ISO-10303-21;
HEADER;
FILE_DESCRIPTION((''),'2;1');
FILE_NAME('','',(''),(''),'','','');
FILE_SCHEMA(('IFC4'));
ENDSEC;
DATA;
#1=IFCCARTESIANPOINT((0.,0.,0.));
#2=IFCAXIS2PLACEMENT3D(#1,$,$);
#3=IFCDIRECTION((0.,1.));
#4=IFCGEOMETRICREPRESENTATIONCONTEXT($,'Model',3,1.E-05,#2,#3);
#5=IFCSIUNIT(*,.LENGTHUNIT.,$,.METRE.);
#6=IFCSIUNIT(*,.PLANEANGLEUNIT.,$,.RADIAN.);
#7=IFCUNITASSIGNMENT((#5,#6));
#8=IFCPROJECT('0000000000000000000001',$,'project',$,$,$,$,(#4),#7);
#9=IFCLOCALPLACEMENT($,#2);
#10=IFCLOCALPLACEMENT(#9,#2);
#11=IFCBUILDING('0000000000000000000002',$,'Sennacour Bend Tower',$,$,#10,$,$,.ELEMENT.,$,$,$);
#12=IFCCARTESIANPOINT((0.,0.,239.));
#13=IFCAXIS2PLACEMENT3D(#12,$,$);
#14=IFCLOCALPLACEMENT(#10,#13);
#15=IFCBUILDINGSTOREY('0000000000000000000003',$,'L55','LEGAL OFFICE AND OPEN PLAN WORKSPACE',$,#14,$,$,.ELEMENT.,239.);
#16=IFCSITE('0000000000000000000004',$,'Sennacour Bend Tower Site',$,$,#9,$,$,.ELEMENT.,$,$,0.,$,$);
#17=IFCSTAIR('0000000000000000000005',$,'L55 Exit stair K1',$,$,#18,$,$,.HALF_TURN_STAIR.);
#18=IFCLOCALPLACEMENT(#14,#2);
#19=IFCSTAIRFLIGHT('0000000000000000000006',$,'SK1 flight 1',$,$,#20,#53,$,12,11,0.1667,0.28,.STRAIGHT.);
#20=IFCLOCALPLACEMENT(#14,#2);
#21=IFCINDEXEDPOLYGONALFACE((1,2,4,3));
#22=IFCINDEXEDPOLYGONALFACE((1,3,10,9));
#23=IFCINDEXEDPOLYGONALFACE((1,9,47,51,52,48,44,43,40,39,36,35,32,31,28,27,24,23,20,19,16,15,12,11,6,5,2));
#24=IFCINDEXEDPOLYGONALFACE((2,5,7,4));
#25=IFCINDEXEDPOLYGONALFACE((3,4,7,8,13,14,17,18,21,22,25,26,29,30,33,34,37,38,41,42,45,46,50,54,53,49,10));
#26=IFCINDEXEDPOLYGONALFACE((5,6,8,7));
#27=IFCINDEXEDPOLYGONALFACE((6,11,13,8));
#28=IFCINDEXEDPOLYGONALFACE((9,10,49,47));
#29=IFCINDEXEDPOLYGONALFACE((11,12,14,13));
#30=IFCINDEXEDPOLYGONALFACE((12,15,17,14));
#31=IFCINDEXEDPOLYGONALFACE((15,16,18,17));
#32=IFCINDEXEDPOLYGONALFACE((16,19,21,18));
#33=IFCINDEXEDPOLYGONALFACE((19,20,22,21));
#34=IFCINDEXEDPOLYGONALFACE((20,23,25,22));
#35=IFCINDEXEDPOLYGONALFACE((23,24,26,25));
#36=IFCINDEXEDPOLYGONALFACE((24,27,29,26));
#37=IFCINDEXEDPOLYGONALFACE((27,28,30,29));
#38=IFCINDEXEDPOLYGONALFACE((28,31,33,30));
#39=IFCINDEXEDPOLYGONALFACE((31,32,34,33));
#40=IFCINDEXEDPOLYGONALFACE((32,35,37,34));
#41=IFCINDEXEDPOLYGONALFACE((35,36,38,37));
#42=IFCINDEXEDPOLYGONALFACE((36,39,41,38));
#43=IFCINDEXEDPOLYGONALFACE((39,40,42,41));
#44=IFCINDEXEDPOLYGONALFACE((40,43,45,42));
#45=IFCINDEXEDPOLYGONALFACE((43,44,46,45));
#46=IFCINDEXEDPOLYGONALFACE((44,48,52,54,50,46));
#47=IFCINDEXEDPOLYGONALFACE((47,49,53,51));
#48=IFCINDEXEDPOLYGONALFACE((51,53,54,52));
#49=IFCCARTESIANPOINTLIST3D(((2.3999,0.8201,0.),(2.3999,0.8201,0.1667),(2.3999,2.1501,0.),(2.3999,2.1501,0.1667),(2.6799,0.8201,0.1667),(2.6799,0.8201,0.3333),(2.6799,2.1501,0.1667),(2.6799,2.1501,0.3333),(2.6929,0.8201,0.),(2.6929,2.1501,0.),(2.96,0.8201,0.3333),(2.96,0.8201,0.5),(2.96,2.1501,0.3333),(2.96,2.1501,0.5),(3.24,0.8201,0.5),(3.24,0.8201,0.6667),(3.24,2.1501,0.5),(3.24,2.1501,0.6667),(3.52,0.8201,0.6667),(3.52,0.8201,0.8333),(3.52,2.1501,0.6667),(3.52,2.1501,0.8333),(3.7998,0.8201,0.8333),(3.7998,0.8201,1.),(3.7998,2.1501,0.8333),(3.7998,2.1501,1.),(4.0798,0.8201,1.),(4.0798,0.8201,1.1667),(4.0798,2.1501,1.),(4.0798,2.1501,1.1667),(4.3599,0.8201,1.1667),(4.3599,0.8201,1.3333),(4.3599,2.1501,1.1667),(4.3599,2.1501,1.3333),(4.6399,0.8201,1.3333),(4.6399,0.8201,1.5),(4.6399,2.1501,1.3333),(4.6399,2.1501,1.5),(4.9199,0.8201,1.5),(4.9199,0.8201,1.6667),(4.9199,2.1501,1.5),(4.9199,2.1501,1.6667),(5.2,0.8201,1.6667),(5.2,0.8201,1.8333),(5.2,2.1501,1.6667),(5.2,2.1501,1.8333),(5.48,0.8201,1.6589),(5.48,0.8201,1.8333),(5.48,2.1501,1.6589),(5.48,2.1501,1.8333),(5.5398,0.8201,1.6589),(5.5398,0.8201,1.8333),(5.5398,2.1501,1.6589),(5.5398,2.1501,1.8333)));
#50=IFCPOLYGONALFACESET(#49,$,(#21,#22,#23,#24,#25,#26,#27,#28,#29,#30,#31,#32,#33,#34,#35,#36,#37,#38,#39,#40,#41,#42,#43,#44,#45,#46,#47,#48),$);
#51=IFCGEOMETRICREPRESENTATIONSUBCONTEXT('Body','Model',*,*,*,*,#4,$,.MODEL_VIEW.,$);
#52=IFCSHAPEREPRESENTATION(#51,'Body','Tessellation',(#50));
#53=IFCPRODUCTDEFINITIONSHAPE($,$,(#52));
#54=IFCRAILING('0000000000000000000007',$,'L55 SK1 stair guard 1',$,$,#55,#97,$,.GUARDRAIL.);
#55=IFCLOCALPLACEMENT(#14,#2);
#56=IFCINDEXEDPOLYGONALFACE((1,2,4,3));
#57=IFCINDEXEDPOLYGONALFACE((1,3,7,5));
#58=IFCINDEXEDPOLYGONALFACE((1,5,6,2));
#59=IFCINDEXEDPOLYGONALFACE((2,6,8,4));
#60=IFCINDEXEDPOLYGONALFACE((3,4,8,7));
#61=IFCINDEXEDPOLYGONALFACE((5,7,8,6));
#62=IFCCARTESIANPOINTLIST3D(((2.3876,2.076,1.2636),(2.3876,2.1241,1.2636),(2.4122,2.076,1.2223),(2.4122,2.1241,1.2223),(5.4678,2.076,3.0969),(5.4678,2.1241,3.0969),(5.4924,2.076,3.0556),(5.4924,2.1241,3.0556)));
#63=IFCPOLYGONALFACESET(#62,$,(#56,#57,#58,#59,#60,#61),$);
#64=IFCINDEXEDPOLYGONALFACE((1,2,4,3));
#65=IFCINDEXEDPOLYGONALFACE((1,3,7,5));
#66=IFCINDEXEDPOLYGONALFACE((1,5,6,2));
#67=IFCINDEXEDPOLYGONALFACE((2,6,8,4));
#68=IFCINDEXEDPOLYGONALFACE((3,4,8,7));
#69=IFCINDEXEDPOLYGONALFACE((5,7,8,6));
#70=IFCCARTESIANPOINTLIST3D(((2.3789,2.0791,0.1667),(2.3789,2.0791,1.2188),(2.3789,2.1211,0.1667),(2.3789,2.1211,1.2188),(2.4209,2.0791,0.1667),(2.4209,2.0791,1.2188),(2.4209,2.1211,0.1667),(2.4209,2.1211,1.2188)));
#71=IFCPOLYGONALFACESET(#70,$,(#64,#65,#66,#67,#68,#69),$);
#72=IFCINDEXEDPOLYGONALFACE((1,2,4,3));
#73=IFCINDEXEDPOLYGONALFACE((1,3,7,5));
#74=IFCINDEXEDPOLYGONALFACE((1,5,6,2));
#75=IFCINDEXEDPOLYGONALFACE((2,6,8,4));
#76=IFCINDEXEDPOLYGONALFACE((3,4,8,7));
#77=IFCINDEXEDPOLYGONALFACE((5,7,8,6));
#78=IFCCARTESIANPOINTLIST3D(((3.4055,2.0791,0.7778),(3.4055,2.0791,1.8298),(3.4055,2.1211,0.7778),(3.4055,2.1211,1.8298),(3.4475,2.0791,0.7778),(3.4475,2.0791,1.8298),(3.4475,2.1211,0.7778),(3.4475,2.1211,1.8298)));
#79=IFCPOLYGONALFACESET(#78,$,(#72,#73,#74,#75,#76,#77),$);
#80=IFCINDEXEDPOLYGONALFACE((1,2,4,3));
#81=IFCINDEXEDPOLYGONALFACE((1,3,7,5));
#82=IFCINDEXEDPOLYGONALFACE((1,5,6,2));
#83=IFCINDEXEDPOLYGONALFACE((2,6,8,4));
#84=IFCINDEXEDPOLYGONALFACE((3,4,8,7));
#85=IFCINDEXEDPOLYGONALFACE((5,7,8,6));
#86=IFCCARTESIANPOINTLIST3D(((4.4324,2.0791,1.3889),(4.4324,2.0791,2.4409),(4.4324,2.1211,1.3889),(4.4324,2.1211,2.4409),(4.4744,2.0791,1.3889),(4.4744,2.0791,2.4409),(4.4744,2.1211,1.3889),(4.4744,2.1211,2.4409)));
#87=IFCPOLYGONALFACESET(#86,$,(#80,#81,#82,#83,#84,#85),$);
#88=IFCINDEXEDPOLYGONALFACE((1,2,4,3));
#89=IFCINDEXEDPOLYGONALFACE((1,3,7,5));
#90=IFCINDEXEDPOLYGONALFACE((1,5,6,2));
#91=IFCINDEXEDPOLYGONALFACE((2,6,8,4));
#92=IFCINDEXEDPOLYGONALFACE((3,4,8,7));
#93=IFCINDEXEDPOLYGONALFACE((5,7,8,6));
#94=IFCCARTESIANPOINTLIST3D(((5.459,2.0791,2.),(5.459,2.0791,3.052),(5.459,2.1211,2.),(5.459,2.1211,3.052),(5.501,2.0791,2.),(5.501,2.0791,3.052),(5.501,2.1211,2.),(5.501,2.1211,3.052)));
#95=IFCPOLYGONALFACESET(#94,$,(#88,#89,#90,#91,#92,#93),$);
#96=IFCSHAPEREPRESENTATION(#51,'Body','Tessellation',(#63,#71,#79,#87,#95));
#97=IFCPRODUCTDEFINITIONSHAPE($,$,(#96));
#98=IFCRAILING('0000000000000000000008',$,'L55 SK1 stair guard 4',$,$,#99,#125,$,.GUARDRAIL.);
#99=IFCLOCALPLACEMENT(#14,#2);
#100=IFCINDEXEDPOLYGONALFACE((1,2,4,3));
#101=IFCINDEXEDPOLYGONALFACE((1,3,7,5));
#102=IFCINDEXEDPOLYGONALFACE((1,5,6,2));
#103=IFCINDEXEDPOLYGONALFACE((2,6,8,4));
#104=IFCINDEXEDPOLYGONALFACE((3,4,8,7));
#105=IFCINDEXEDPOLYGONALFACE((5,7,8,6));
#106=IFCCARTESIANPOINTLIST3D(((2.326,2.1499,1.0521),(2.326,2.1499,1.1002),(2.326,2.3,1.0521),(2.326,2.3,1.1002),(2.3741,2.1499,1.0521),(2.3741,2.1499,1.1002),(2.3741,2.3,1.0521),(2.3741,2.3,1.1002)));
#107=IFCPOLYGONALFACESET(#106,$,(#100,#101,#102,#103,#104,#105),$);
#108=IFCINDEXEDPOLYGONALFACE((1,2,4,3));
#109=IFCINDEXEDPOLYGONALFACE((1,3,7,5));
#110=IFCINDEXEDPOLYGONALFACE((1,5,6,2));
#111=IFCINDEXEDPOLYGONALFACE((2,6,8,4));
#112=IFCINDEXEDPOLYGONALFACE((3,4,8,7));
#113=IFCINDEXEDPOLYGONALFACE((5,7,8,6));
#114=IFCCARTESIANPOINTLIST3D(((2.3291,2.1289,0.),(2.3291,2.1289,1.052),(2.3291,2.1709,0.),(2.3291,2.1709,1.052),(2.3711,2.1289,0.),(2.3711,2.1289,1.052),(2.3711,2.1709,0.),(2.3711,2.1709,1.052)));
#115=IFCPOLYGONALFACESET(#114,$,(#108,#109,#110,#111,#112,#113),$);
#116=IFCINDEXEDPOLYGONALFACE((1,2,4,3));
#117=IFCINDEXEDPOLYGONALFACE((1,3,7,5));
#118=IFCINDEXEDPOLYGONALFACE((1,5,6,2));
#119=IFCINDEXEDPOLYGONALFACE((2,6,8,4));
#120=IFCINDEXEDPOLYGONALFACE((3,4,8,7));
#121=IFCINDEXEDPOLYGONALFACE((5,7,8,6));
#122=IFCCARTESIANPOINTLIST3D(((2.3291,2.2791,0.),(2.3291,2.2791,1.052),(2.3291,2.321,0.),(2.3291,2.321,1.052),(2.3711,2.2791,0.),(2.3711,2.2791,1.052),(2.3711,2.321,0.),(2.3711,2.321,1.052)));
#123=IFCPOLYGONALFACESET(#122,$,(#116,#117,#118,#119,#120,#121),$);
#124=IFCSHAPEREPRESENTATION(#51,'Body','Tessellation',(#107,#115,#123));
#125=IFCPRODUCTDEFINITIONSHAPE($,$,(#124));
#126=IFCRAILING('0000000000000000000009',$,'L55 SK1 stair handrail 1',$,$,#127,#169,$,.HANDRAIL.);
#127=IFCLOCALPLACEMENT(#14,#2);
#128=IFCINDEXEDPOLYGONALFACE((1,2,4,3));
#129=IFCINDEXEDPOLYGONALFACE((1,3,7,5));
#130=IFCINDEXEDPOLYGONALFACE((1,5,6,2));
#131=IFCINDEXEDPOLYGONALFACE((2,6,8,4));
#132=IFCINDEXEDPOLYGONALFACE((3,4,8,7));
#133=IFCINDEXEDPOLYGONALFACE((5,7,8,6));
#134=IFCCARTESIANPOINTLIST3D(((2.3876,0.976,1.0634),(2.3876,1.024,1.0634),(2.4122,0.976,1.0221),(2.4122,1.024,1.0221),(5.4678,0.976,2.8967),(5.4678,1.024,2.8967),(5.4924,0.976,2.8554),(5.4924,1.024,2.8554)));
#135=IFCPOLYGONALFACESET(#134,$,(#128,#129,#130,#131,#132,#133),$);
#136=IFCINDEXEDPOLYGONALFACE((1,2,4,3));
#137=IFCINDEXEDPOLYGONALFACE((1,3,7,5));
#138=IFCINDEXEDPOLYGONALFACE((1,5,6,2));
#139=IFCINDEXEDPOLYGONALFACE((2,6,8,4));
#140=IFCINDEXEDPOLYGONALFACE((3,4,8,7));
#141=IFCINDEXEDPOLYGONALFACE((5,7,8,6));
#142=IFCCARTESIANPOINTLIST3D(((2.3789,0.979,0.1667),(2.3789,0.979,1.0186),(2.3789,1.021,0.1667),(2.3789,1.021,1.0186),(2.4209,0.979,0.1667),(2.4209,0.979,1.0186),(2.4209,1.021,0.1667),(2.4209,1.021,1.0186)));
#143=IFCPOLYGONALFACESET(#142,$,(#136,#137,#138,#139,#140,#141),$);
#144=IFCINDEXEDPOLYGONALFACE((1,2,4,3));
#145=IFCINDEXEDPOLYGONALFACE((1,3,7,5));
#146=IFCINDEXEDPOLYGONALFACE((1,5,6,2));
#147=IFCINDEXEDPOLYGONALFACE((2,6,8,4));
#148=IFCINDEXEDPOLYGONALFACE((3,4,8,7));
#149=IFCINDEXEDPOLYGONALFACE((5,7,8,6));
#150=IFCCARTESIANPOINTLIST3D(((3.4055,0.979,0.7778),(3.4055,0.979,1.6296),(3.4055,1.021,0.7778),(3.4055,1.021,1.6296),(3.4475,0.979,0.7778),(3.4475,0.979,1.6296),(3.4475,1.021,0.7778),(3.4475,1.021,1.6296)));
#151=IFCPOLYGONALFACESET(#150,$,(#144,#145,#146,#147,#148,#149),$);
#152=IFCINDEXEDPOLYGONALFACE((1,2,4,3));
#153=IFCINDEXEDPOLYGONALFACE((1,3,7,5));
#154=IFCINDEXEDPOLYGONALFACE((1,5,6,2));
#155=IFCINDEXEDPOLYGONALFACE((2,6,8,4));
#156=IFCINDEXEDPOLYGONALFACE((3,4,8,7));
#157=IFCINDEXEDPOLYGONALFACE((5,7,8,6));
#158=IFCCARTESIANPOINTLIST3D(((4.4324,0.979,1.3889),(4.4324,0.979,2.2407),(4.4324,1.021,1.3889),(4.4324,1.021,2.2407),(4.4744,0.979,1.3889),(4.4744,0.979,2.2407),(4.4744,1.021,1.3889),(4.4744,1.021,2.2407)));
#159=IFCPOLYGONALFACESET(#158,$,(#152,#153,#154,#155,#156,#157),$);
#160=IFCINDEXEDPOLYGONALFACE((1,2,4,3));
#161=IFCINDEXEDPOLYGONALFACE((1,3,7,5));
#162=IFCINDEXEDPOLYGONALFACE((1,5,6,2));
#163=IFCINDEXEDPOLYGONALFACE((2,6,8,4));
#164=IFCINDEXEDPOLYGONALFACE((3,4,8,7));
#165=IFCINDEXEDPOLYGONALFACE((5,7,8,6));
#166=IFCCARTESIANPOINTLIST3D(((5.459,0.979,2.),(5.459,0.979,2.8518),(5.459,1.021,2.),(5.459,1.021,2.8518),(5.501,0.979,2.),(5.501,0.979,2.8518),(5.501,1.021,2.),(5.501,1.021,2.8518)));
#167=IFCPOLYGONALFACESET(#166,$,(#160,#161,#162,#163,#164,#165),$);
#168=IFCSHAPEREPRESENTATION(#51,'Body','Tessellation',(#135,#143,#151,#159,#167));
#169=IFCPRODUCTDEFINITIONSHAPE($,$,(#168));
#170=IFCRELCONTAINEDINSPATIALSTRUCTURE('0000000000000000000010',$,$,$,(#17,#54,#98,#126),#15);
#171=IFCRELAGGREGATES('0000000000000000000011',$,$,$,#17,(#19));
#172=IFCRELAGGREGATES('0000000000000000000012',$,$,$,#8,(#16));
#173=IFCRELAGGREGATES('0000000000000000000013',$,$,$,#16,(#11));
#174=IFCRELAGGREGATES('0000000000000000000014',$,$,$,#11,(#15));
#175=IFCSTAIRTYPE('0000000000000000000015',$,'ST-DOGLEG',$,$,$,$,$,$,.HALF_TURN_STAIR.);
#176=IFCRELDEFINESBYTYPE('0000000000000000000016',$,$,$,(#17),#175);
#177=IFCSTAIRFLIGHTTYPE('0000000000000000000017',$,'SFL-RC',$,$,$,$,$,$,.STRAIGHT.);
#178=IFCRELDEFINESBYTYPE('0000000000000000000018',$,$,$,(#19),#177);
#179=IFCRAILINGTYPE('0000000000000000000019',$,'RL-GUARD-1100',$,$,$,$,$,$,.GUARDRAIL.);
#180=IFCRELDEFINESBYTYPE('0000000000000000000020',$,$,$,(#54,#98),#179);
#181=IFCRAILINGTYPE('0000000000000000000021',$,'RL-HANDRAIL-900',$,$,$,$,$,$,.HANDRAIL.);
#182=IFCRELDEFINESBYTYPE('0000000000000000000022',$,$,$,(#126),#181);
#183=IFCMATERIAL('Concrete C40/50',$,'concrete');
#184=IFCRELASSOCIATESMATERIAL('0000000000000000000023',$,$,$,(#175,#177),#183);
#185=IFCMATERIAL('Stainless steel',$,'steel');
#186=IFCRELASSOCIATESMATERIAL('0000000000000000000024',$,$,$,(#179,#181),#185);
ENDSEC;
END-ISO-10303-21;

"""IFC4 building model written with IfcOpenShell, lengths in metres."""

from ifc_helpers import new_model, si_unit, direction, frame, origin, origin_2d, place, context, subcontext, project, spatial, polyline, rectangle, outline, extrude, material, type_object, element, aggregate, save


model = new_model("IFC4")

# Units and contexts
model_context = context("Model", 3, precision=1e-05, world=origin(), true_north=direction((0.0, 1.0)))
body_context = subcontext(model_context, "Body", "Model", "MODEL_VIEW")
ifc_project = project(units=[si_unit("LENGTHUNIT", "METRE"), si_unit("PLANEANGLEUNIT", "RADIAN")], contexts=[model_context])

# Site, building, storey
site_placement = place(None, origin())
site = spatial("IfcSite", under=ifc_project, at=site_placement, Name="Sennacour Bend Tower Site", CompositionType="ELEMENT", RefElevation=0.0)
building_placement = place(site_placement, origin())
building = spatial("IfcBuilding", under=site, at=building_placement, Name="Sennacour Bend Tower", CompositionType="ELEMENT")
storey_placement = place(building_placement, frame((0.0, 0.0, 239.0)))
storey = spatial("IfcBuildingStorey", under=building, at=storey_placement, Name="L55", Description="LEGAL OFFICE AND OPEN PLAN WORKSPACE", CompositionType="ELEMENT", Elevation=239.0)

# Stair
ifc_material_1 = material(Name="Concrete C40/50", Category="concrete")
stair_type = type_object("IfcStairType", Name="ST-DOGLEG", PredefinedType="HALF_TURN_STAIR", material=ifc_material_1)
stair_1_placement = place(storey_placement, origin())
stair_1 = element("IfcStair", 1, at=stair_1_placement, inside=storey, type_object=stair_type, Name="L55 Exit stair K1", PredefinedType="HALF_TURN_STAIR")

# Stair flight
stair_flight_type = type_object("IfcStairFlightType", Name="SFL-RC", PredefinedType="STRAIGHT", material=ifc_material_1)
stair_flight_placement = place(storey_placement, frame((2.3999, 1.4851, 0.0), z_axis=(0.0, 0.0, 1.0), x_axis=(1.0, 0.0, 0.0)))
stair_flight = element("IfcStairFlight", 2, at=stair_flight_placement, type_object=stair_flight_type, Name="SK1 flight 1", NumberOfRisers=12, NumberOfTreads=11, PredefinedType="STRAIGHT", RiserHeight=0.1667, TreadLength=0.28, context=body_context, shape_type="SweptSolid", body=[
    extrude(outline(polyline([(0.0, 0.0), (0.0, 0.1667), (0.28, 0.1667), (0.28, 0.3333), (0.5601, 0.3333), (0.5601, 0.5), (0.8401, 0.5), (0.8401, 0.6667), (1.1201, 0.6667), (1.1201, 0.8333), (1.3999, 0.8333), (1.3999, 1.0), (1.6799, 1.0), (1.6799, 1.1667), (1.96, 1.1667), (1.96, 1.3333), (2.24, 1.3333), (2.24, 1.5), (2.52, 1.5), (2.52, 1.6667), (2.8, 1.6667), (2.8, 1.8333), (3.0801, 1.8333), (3.1399, 1.8333), (3.1399, 1.6589), (3.0801, 1.6589), (0.293, 0.0), (0.0, 0.0)])), frame((0.0, 0.665, 0.0), z_axis=(0.0, -1.0, 0.0), x_axis=(1.0, 0.0, 0.0)), (0.0, 0.0, 1.0), 1.3301),
])
aggregate(stair_1, [stair_flight])

# Railings
ifc_material_2 = material(Name="Stainless steel", Category="steel")
railing_type_1 = type_object("IfcRailingType", Name="RL-GUARD-1100", PredefinedType="GUARDRAIL", material=ifc_material_2)
railing_1_placement = place(storey_placement, frame((2.3999, 2.1001, 0.1667)))
element("IfcRailing", 3, at=railing_1_placement, inside=storey, type_object=railing_type_1, Name="L55 SK1 stair guard 1", PredefinedType="GUARDRAIL", context=body_context, shape_type="SweptSolid", body=[
    extrude(rectangle(XDim=0.0481, YDim=0.0481, at=origin_2d()), frame((0.0, 0.0, 1.0762), z_axis=(0.859309, 0.0, 0.511458), x_axis=(0.0, 1.0, 0.0)), (0.0, 0.0, 1.0), 3.5845),
    extrude(rectangle(XDim=0.042, YDim=0.042, at=origin_2d()), origin(), (0.0, 0.0, 1.0), 1.052),
    extrude(rectangle(XDim=0.042, YDim=0.042, at=origin_2d()), frame((1.0266, 0.0, 0.6111)), (0.0, 0.0, 1.0), 1.052),
    extrude(rectangle(XDim=0.042, YDim=0.042, at=origin_2d()), frame((2.0535, 0.0, 1.2222)), (0.0, 0.0, 1.0), 1.052),
    extrude(rectangle(XDim=0.042, YDim=0.042, at=origin_2d()), frame((3.0801, 0.0, 1.8333)), (0.0, 0.0, 1.0), 1.052),
])
railing_2_placement = place(storey_placement, frame((2.3501, 2.1499, 0.0)))
element("IfcRailing", 4, at=railing_2_placement, inside=storey, type_object=railing_type_1, Name="L55 SK1 stair guard 4", PredefinedType="GUARDRAIL", context=body_context, shape_type="SweptSolid", body=[
    extrude(rectangle(XDim=0.0481, YDim=0.0481, at=origin_2d()), frame((0.0, 0.0, 1.0762), z_axis=(0.0, 1.0, 0.0), x_axis=(-1.0, 0.0, 0.0)), (0.0, 0.0, 1.0), 0.1501),
    extrude(rectangle(XDim=0.042, YDim=0.042, at=origin_2d()), origin(), (0.0, 0.0, 1.0), 1.052),
    extrude(rectangle(XDim=0.042, YDim=0.042, at=origin_2d()), frame((0.0, 0.1501, 0.0)), (0.0, 0.0, 1.0), 1.052),
])
railing_type_2 = type_object("IfcRailingType", Name="RL-HANDRAIL-900", PredefinedType="HANDRAIL", material=ifc_material_2)
railing_3_placement = place(storey_placement, frame((2.3999, 1.0, 0.1667)))
element("IfcRailing", 5, at=railing_3_placement, inside=storey, type_object=railing_type_2, Name="L55 SK1 stair handrail 1", PredefinedType="HANDRAIL", context=body_context, shape_type="SweptSolid", body=[
    extrude(rectangle(XDim=0.0481, YDim=0.0481, at=origin_2d()), frame((0.0, 0.0, 0.876), z_axis=(0.859309, 0.0, 0.511458), x_axis=(0.0, 1.0, 0.0)), (0.0, 0.0, 1.0), 3.5845),
    extrude(rectangle(XDim=0.042, YDim=0.042, at=origin_2d()), origin(), (0.0, 0.0, 1.0), 0.8518),
    extrude(rectangle(XDim=0.042, YDim=0.042, at=origin_2d()), frame((1.0266, 0.0, 0.6111)), (0.0, 0.0, 1.0), 0.8518),
    extrude(rectangle(XDim=0.042, YDim=0.042, at=origin_2d()), frame((2.0535, 0.0, 1.2222)), (0.0, 0.0, 1.0), 0.8518),
    extrude(rectangle(XDim=0.042, YDim=0.042, at=origin_2d()), frame((3.0801, 0.0, 1.8333)), (0.0, 0.0, 1.0), 0.8518),
])

save(model, "model.ifc")
